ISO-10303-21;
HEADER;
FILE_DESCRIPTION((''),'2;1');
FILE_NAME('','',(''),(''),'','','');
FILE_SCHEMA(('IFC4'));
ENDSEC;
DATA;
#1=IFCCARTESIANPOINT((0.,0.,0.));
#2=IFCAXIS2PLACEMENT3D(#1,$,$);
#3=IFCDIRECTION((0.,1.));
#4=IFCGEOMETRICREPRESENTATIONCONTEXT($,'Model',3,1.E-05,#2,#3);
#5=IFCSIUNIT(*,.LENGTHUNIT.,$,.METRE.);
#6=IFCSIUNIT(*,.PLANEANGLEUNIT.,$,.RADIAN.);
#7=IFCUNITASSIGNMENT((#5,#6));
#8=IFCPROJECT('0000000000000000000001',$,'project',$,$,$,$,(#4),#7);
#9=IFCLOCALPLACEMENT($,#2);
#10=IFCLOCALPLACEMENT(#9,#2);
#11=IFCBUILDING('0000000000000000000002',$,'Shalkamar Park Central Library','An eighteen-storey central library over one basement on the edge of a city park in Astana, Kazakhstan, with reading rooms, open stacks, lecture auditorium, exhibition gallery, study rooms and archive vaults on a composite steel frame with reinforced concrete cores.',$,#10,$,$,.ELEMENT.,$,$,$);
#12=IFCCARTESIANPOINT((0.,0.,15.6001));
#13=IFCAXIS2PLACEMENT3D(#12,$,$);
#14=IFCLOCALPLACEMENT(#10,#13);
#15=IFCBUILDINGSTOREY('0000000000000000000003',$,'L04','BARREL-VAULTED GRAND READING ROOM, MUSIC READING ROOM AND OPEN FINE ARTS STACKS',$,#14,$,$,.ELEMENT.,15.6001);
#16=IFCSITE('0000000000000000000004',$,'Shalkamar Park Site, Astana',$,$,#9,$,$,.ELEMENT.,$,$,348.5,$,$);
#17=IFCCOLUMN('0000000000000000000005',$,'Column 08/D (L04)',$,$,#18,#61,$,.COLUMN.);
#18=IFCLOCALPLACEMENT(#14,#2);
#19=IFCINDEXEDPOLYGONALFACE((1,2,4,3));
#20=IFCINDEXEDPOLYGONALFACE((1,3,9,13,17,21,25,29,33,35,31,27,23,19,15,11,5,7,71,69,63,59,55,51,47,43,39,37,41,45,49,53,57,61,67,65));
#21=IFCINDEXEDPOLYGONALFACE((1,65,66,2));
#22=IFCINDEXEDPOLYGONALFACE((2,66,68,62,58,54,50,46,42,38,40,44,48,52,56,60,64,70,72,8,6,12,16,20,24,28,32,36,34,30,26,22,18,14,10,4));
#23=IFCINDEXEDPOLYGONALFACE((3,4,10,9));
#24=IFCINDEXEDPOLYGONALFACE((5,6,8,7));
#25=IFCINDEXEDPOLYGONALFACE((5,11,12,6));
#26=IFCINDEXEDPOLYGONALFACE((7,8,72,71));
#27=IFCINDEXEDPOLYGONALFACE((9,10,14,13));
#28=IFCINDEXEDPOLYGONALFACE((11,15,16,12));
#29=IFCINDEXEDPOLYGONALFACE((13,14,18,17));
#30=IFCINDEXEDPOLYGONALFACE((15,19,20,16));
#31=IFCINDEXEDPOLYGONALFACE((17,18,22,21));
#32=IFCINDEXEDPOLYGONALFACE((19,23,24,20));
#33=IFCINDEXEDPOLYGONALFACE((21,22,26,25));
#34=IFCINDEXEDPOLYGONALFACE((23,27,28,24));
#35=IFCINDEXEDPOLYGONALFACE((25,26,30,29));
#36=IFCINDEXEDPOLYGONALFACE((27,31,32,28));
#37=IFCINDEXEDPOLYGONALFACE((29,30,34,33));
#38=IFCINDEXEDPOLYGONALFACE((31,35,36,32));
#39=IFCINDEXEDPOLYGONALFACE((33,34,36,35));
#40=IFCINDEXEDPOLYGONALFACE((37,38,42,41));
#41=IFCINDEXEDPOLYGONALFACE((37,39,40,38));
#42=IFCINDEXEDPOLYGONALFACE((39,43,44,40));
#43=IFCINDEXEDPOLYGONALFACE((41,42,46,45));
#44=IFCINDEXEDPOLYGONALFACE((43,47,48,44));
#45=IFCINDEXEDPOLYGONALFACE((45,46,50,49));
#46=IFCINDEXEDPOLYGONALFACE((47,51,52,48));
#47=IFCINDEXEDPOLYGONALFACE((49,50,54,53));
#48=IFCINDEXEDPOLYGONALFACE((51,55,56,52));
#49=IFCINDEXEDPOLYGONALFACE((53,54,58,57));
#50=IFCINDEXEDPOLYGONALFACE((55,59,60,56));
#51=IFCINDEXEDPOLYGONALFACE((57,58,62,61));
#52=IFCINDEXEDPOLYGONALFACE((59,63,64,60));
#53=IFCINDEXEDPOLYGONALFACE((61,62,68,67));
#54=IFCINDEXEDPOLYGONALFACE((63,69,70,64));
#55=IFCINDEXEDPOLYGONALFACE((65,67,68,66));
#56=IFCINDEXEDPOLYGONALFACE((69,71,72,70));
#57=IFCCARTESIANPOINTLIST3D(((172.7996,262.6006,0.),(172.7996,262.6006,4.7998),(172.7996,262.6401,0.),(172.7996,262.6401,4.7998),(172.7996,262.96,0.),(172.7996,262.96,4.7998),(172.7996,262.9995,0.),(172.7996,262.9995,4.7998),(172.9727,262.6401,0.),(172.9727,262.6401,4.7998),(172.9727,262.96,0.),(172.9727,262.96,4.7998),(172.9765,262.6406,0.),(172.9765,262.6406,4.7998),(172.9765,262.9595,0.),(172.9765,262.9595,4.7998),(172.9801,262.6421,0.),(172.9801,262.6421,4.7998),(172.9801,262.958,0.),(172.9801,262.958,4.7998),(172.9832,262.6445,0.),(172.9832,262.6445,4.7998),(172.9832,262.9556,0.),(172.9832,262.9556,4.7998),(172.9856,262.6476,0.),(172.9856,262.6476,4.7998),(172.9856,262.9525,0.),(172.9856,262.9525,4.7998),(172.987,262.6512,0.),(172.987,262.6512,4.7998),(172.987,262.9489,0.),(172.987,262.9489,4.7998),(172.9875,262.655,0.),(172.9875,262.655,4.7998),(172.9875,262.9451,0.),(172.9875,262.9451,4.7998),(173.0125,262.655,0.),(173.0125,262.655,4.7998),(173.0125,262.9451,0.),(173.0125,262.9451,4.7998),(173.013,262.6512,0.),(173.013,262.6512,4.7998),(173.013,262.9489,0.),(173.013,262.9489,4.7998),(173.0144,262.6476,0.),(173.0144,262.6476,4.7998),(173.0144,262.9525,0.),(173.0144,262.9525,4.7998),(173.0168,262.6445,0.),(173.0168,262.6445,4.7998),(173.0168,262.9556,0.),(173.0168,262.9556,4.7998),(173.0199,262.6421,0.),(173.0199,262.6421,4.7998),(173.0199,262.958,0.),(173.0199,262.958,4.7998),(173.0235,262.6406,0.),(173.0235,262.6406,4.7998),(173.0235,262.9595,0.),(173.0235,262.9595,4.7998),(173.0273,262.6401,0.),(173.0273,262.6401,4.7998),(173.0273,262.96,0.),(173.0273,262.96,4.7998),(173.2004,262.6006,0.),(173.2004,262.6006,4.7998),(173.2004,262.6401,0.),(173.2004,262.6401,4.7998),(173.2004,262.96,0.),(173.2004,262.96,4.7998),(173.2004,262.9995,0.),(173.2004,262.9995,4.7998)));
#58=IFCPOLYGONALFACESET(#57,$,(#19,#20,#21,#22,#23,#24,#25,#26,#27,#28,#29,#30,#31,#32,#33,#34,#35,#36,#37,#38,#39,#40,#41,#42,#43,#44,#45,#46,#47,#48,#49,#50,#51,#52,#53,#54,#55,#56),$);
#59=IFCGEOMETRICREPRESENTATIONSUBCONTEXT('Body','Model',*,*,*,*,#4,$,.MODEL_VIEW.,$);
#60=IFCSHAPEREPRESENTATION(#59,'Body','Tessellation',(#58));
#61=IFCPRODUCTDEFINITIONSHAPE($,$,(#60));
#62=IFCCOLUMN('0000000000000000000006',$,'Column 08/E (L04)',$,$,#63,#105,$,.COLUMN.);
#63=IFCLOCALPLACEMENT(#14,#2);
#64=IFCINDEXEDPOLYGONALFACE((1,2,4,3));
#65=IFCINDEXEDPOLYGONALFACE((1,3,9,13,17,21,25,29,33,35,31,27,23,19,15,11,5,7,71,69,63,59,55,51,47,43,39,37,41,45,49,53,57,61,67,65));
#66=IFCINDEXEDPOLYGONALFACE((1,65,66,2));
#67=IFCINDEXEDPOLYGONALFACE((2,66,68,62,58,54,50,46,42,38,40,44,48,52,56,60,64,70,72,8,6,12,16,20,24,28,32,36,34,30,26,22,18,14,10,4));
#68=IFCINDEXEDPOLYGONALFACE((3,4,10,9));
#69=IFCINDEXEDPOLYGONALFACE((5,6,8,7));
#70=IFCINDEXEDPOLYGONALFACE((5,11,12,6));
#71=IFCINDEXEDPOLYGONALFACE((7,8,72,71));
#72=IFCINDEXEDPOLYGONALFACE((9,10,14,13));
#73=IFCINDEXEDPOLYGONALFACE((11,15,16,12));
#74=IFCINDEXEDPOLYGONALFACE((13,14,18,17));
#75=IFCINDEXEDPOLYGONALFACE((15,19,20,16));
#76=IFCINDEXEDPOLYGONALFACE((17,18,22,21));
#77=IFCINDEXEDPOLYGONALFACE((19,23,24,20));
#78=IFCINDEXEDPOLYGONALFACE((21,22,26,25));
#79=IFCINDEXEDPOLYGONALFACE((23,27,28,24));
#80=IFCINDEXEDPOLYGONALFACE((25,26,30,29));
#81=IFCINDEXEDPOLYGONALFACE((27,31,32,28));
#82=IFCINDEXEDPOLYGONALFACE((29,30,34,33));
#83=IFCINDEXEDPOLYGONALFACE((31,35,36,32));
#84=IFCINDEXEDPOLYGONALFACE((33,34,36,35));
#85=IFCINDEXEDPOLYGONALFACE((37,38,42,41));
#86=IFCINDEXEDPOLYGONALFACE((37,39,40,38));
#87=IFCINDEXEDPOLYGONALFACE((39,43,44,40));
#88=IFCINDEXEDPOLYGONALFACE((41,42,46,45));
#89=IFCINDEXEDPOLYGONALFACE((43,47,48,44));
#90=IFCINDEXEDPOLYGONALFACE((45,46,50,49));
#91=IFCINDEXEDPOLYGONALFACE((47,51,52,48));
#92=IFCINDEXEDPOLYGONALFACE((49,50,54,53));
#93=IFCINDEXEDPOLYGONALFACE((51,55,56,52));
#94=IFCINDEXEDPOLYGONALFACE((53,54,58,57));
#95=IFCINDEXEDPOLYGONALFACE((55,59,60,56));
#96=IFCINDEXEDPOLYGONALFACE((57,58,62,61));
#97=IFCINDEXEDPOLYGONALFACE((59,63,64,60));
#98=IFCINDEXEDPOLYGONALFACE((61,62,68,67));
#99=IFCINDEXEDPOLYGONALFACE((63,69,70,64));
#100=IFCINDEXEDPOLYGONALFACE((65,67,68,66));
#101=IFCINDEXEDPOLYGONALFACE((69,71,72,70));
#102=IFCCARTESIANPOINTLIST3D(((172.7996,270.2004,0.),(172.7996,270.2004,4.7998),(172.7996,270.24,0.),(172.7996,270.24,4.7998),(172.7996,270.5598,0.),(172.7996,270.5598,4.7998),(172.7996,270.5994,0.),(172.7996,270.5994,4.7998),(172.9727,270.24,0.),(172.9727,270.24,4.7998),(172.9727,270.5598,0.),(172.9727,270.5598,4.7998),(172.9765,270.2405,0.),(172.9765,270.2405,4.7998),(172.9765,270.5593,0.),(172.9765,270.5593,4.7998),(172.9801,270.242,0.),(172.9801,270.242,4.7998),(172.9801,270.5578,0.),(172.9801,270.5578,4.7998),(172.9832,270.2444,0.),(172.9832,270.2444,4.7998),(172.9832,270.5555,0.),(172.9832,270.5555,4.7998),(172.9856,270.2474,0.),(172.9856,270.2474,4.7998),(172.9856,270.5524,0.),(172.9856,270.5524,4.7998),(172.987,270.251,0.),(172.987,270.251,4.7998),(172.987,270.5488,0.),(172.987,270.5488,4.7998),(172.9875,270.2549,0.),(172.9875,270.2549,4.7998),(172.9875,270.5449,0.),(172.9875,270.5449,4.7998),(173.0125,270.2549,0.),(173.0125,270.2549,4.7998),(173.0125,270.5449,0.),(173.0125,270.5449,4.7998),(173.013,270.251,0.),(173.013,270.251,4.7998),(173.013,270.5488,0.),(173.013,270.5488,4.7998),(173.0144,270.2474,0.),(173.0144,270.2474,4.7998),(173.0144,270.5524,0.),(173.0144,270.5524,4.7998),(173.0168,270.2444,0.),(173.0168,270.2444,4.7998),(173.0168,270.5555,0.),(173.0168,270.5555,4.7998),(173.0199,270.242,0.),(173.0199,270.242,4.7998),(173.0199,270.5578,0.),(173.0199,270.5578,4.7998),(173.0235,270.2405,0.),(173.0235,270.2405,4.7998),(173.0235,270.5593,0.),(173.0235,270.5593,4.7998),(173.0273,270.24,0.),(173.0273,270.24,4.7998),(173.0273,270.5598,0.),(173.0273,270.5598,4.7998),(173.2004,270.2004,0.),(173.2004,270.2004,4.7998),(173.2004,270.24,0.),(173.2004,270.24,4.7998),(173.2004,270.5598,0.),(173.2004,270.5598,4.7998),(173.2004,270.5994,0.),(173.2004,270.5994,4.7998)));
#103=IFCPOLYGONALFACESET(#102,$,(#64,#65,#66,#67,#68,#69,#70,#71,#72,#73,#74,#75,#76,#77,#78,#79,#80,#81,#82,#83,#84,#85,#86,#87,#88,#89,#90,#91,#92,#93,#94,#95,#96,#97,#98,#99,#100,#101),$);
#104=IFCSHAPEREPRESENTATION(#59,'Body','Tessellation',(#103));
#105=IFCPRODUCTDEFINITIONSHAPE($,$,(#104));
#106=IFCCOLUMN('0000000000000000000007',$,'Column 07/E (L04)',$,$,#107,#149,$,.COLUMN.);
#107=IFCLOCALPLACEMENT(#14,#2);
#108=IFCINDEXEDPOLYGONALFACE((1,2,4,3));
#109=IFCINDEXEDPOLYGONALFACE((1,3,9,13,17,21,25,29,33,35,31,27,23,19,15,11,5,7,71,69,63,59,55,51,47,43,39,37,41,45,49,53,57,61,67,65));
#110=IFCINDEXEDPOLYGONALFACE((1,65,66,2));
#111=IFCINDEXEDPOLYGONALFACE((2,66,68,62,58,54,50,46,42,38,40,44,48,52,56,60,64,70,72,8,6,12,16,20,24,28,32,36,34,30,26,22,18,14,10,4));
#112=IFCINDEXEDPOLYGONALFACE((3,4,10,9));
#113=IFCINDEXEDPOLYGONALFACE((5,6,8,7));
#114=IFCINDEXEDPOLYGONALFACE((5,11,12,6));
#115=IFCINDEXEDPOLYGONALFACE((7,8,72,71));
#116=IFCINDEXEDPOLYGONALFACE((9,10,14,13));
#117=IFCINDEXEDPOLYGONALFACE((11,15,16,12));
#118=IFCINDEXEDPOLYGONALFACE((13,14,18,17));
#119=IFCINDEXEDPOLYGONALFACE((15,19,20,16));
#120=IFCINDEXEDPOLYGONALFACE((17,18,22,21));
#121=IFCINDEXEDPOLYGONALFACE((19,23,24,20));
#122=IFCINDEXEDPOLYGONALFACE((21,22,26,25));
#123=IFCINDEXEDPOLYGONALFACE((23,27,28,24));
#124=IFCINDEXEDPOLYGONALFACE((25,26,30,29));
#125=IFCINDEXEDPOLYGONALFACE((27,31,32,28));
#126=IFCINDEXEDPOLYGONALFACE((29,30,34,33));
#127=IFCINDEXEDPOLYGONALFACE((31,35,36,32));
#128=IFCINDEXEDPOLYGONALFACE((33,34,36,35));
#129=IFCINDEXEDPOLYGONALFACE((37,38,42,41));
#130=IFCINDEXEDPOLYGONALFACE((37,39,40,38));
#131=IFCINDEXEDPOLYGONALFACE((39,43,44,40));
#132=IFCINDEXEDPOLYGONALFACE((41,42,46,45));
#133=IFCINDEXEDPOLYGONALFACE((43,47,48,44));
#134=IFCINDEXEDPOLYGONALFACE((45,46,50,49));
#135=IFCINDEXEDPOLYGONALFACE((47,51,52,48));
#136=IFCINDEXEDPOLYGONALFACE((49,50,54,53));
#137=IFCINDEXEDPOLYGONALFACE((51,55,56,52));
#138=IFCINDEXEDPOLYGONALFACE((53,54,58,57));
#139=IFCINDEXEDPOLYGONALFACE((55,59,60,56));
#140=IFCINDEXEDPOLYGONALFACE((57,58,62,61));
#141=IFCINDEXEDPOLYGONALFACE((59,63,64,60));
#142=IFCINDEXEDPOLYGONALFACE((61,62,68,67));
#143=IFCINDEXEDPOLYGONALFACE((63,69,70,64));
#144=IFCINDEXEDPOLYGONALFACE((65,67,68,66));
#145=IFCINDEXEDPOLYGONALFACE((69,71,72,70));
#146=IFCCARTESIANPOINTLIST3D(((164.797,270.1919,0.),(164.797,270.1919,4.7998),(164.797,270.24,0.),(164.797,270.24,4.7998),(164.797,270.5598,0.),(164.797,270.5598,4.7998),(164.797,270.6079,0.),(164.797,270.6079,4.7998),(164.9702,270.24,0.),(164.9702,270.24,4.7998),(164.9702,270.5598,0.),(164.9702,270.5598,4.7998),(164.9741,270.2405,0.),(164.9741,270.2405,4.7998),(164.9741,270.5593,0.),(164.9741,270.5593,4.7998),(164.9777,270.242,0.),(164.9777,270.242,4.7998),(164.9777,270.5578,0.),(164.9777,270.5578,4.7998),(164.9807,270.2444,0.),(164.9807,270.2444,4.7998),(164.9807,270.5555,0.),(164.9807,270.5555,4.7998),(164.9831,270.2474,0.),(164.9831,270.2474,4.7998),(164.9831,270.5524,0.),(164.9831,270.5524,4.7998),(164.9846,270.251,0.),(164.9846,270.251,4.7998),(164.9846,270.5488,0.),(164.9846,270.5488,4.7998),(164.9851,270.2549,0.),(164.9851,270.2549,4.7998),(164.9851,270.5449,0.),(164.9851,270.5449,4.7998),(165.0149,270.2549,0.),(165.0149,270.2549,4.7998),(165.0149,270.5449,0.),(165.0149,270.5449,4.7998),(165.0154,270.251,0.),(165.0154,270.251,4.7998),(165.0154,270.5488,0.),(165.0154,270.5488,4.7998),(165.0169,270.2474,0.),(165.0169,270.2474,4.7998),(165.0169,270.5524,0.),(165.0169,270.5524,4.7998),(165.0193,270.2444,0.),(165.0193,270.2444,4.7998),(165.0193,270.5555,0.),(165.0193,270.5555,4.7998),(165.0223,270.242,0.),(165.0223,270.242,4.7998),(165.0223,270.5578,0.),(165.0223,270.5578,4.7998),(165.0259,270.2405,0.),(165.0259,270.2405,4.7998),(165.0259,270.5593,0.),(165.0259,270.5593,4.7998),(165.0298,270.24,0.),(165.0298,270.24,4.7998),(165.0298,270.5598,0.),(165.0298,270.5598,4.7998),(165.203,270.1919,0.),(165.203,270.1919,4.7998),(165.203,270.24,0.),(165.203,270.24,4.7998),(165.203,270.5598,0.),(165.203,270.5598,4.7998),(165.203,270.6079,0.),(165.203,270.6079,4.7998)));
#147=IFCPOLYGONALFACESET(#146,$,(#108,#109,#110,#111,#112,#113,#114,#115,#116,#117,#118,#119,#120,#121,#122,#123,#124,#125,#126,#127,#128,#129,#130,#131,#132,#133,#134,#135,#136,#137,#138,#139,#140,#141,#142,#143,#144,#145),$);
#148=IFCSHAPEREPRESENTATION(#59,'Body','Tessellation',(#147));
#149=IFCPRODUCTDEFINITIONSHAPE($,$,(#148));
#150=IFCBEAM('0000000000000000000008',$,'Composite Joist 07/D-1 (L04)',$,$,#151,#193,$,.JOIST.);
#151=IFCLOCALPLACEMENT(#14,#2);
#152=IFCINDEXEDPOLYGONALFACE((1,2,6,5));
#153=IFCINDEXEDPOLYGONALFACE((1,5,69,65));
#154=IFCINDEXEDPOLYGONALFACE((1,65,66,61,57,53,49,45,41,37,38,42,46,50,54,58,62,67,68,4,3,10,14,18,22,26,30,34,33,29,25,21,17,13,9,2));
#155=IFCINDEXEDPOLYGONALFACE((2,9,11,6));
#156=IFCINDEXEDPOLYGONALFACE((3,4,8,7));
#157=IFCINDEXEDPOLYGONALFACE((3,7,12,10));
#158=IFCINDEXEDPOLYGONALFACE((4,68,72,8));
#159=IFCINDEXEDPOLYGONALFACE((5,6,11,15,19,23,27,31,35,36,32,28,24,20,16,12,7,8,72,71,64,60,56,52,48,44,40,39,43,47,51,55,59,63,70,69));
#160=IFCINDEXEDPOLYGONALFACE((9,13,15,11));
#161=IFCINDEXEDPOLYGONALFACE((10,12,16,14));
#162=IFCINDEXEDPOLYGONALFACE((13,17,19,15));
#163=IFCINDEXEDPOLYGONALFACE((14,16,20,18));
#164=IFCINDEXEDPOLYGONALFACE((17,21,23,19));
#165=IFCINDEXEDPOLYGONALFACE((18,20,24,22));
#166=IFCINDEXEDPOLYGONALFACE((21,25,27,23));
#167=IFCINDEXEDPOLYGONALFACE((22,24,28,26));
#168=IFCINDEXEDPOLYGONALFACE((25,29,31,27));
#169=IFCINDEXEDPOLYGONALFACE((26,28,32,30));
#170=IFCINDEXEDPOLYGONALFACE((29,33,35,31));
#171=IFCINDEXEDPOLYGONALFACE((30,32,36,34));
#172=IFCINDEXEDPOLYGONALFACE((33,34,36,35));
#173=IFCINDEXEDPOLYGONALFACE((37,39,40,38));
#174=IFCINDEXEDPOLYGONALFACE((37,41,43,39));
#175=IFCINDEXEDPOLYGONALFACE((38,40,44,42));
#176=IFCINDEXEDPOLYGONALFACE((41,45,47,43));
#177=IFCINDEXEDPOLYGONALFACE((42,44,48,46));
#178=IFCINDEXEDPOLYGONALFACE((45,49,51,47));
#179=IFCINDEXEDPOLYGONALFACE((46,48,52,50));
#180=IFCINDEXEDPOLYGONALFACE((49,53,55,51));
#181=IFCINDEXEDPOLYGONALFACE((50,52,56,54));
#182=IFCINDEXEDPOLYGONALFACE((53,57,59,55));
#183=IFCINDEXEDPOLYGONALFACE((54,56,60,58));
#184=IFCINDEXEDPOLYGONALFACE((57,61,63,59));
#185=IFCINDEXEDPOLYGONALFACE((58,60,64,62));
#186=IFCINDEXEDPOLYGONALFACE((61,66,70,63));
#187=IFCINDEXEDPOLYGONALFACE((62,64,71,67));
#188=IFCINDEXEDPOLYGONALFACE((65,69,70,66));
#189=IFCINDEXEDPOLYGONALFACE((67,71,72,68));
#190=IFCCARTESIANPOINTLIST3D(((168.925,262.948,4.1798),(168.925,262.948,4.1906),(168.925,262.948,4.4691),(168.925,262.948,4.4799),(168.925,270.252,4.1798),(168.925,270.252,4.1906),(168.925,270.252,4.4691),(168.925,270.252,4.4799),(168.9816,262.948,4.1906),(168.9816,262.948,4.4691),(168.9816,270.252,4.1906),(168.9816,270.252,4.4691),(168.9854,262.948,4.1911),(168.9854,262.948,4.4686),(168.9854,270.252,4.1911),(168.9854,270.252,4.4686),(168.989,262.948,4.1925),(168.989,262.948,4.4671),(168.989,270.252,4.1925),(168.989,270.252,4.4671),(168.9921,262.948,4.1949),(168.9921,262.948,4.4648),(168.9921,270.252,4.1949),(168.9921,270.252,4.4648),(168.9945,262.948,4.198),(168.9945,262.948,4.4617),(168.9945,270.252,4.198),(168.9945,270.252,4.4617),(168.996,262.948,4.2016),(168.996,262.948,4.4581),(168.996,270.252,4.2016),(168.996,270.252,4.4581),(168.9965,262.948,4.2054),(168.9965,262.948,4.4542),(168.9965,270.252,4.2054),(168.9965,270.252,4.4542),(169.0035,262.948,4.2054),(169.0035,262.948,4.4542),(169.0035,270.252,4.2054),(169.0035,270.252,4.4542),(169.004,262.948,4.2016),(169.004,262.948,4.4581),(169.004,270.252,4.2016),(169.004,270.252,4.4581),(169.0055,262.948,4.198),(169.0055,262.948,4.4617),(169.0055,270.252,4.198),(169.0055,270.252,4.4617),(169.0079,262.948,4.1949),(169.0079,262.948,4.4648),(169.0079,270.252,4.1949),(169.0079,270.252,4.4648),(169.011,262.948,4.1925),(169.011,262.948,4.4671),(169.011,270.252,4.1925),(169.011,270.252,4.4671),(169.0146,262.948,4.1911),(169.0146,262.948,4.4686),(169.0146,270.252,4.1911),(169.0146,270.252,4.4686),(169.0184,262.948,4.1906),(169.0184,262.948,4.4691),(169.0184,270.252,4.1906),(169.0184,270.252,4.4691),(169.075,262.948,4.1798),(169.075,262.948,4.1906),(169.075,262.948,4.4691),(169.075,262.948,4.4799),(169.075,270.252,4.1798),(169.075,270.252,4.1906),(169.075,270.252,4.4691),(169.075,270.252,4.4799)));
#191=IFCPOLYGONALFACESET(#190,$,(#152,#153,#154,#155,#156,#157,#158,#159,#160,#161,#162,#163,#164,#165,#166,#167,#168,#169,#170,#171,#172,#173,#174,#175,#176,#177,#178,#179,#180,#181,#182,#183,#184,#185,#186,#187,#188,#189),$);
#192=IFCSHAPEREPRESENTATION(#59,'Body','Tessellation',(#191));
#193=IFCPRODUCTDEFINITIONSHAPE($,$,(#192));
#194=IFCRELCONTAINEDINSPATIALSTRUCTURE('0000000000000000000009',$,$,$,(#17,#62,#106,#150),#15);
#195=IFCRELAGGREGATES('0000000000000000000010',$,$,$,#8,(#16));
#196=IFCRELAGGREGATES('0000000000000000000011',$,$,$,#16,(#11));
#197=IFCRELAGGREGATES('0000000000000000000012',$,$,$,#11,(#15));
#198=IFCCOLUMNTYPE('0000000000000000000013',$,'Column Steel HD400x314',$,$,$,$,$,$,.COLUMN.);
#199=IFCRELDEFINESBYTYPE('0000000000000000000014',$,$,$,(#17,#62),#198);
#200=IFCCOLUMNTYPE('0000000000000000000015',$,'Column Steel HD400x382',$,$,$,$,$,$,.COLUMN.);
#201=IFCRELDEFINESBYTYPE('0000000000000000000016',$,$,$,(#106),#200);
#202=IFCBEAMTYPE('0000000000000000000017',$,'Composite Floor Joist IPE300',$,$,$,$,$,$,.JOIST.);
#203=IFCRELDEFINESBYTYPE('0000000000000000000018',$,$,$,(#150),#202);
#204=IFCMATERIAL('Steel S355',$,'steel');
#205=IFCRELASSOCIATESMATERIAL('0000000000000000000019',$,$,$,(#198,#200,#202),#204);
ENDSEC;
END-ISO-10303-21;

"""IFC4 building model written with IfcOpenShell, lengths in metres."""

from ifc_helpers import new_model, si_unit, direction, frame, origin, origin_2d, place, context, subcontext, project, spatial, i_section, extrude, material, material_profile, profile_set, type_object, element, save


model = new_model("IFC4")

# Units and contexts
model_context = context("Model", 3, precision=1e-05, world=origin(), true_north=direction((0.0, 1.0)))
body_context = subcontext(model_context, "Body", "Model", "MODEL_VIEW")
ifc_project = project(units=[si_unit("LENGTHUNIT", "METRE"), si_unit("PLANEANGLEUNIT", "RADIAN")], contexts=[model_context])

# Site, building, storey
site_placement = place(None, origin())
site = spatial("IfcSite", under=ifc_project, at=site_placement, Name="Shalkamar Park Site, Astana", CompositionType="ELEMENT", RefElevation=348.5)
building_placement = place(site_placement, origin())
building = spatial("IfcBuilding", under=site, at=building_placement, Name="Shalkamar Park Central Library", Description="An eighteen-storey central library over one basement on the edge of a city park in Astana, Kazakhstan, with reading rooms, open stacks, lecture auditorium, exhibition gallery, study rooms and archive vaults on a composite steel frame with reinforced concrete cores.", CompositionType="ELEMENT")
storey_placement = place(building_placement, frame((0.0, 0.0, 15.6001)))
storey = spatial("IfcBuildingStorey", under=building, at=storey_placement, Name="L04", Description="BARREL-VAULTED GRAND READING ROOM, MUSIC READING ROOM AND OPEN FINE ARTS STACKS", CompositionType="ELEMENT", Elevation=15.6001)

# Columns
ifc_material_1 = material(Name="Steel S355", Category="steel")
ifc_material_profile_1 = material_profile(ifc_material_1, i_section(OverallWidth=0.4009, OverallDepth=0.3989, WebThickness=0.0249, FlangeThickness=0.0396, FilletRadius=0.0149, at=origin_2d()), Name="HD 400x314")
ifc_profile_set_1 = profile_set([ifc_material_profile_1], Name="Steel S355")
column_type_1 = type_object("IfcColumnType", Name="Column Steel HD400x314", PredefinedType="COLUMN", material=ifc_profile_set_1)
for number, where, z_axis, x_axis, name in (
    (1, (173.0, 262.8, 0.0), (0.0, 0.0, 1.0), (1.0, 0.0, 0.0), "Column 08/D (L04)"),
    (2, (173.0, 270.3999, 0.0), (0.0, 0.0, 1.0), (1.0, 0.0, 0.0), "Column 08/E (L04)"),
):
    element("IfcColumn", number, at=place(storey_placement, frame(where, z_axis=z_axis, x_axis=x_axis)), inside=storey, type_object=column_type_1, Name=name, PredefinedType="COLUMN", context=body_context, shape_type="SweptSolid", body=[
        extrude(i_section(OverallWidth=0.4009, OverallDepth=0.3989, WebThickness=0.0249, FlangeThickness=0.0396, FilletRadius=0.0149, at=origin_2d()), origin(), (0.0, 0.0, 1.0), 4.7998),
    ])
ifc_material_profile_2 = material_profile(ifc_material_1, i_section(OverallWidth=0.406, OverallDepth=0.416, WebThickness=0.0298, FlangeThickness=0.0481, FilletRadius=0.0149, at=origin_2d()), Name="HD 400x382")
ifc_profile_set_2 = profile_set([ifc_material_profile_2], Name="Steel S355")
column_type_2 = type_object("IfcColumnType", Name="Column Steel HD400x382", PredefinedType="COLUMN", material=ifc_profile_set_2)
column_placement = place(storey_placement, frame((165.0, 270.3999, 0.0), z_axis=(0.0, 0.0, 1.0), x_axis=(1.0, 0.0, 0.0)))
element("IfcColumn", 3, at=column_placement, inside=storey, type_object=column_type_2, Name="Column 07/E (L04)", PredefinedType="COLUMN", context=body_context, shape_type="SweptSolid", body=[
    extrude(i_section(OverallWidth=0.406, OverallDepth=0.416, WebThickness=0.0298, FlangeThickness=0.0481, FilletRadius=0.0149, at=origin_2d()), origin(), (0.0, 0.0, 1.0), 4.7998),
])

# Beam
ifc_material_profile_3 = material_profile(ifc_material_1, i_section(OverallWidth=0.1499, OverallDepth=0.3, WebThickness=0.0071, FlangeThickness=0.0107, FilletRadius=0.0149, at=origin_2d()), Name="IPE 300")
ifc_profile_set_3 = profile_set([ifc_material_profile_3], Name="Steel S355")
beam_type_1 = type_object("IfcBeamType", Name="Composite Floor Joist IPE300", PredefinedType="JOIST", material=ifc_profile_set_3)
beam_1_placement = place(storey_placement, frame((169.0, 262.948, 4.3298), z_axis=(0.0, 1.0, 0.0), x_axis=(-1.0, 0.0, 0.0)))
element("IfcBeam", 4, at=beam_1_placement, inside=storey, type_object=beam_type_1, Name="Composite Joist 07/D-1 (L04)", PredefinedType="JOIST", context=body_context, shape_type="SweptSolid", body=[
    extrude(i_section(OverallWidth=0.1499, OverallDepth=0.3, WebThickness=0.0071, FlangeThickness=0.0107, FilletRadius=0.0149, at=origin_2d()), origin(), (0.0, 0.0, 1.0), 7.304),
])

save(model, "model.ifc")
